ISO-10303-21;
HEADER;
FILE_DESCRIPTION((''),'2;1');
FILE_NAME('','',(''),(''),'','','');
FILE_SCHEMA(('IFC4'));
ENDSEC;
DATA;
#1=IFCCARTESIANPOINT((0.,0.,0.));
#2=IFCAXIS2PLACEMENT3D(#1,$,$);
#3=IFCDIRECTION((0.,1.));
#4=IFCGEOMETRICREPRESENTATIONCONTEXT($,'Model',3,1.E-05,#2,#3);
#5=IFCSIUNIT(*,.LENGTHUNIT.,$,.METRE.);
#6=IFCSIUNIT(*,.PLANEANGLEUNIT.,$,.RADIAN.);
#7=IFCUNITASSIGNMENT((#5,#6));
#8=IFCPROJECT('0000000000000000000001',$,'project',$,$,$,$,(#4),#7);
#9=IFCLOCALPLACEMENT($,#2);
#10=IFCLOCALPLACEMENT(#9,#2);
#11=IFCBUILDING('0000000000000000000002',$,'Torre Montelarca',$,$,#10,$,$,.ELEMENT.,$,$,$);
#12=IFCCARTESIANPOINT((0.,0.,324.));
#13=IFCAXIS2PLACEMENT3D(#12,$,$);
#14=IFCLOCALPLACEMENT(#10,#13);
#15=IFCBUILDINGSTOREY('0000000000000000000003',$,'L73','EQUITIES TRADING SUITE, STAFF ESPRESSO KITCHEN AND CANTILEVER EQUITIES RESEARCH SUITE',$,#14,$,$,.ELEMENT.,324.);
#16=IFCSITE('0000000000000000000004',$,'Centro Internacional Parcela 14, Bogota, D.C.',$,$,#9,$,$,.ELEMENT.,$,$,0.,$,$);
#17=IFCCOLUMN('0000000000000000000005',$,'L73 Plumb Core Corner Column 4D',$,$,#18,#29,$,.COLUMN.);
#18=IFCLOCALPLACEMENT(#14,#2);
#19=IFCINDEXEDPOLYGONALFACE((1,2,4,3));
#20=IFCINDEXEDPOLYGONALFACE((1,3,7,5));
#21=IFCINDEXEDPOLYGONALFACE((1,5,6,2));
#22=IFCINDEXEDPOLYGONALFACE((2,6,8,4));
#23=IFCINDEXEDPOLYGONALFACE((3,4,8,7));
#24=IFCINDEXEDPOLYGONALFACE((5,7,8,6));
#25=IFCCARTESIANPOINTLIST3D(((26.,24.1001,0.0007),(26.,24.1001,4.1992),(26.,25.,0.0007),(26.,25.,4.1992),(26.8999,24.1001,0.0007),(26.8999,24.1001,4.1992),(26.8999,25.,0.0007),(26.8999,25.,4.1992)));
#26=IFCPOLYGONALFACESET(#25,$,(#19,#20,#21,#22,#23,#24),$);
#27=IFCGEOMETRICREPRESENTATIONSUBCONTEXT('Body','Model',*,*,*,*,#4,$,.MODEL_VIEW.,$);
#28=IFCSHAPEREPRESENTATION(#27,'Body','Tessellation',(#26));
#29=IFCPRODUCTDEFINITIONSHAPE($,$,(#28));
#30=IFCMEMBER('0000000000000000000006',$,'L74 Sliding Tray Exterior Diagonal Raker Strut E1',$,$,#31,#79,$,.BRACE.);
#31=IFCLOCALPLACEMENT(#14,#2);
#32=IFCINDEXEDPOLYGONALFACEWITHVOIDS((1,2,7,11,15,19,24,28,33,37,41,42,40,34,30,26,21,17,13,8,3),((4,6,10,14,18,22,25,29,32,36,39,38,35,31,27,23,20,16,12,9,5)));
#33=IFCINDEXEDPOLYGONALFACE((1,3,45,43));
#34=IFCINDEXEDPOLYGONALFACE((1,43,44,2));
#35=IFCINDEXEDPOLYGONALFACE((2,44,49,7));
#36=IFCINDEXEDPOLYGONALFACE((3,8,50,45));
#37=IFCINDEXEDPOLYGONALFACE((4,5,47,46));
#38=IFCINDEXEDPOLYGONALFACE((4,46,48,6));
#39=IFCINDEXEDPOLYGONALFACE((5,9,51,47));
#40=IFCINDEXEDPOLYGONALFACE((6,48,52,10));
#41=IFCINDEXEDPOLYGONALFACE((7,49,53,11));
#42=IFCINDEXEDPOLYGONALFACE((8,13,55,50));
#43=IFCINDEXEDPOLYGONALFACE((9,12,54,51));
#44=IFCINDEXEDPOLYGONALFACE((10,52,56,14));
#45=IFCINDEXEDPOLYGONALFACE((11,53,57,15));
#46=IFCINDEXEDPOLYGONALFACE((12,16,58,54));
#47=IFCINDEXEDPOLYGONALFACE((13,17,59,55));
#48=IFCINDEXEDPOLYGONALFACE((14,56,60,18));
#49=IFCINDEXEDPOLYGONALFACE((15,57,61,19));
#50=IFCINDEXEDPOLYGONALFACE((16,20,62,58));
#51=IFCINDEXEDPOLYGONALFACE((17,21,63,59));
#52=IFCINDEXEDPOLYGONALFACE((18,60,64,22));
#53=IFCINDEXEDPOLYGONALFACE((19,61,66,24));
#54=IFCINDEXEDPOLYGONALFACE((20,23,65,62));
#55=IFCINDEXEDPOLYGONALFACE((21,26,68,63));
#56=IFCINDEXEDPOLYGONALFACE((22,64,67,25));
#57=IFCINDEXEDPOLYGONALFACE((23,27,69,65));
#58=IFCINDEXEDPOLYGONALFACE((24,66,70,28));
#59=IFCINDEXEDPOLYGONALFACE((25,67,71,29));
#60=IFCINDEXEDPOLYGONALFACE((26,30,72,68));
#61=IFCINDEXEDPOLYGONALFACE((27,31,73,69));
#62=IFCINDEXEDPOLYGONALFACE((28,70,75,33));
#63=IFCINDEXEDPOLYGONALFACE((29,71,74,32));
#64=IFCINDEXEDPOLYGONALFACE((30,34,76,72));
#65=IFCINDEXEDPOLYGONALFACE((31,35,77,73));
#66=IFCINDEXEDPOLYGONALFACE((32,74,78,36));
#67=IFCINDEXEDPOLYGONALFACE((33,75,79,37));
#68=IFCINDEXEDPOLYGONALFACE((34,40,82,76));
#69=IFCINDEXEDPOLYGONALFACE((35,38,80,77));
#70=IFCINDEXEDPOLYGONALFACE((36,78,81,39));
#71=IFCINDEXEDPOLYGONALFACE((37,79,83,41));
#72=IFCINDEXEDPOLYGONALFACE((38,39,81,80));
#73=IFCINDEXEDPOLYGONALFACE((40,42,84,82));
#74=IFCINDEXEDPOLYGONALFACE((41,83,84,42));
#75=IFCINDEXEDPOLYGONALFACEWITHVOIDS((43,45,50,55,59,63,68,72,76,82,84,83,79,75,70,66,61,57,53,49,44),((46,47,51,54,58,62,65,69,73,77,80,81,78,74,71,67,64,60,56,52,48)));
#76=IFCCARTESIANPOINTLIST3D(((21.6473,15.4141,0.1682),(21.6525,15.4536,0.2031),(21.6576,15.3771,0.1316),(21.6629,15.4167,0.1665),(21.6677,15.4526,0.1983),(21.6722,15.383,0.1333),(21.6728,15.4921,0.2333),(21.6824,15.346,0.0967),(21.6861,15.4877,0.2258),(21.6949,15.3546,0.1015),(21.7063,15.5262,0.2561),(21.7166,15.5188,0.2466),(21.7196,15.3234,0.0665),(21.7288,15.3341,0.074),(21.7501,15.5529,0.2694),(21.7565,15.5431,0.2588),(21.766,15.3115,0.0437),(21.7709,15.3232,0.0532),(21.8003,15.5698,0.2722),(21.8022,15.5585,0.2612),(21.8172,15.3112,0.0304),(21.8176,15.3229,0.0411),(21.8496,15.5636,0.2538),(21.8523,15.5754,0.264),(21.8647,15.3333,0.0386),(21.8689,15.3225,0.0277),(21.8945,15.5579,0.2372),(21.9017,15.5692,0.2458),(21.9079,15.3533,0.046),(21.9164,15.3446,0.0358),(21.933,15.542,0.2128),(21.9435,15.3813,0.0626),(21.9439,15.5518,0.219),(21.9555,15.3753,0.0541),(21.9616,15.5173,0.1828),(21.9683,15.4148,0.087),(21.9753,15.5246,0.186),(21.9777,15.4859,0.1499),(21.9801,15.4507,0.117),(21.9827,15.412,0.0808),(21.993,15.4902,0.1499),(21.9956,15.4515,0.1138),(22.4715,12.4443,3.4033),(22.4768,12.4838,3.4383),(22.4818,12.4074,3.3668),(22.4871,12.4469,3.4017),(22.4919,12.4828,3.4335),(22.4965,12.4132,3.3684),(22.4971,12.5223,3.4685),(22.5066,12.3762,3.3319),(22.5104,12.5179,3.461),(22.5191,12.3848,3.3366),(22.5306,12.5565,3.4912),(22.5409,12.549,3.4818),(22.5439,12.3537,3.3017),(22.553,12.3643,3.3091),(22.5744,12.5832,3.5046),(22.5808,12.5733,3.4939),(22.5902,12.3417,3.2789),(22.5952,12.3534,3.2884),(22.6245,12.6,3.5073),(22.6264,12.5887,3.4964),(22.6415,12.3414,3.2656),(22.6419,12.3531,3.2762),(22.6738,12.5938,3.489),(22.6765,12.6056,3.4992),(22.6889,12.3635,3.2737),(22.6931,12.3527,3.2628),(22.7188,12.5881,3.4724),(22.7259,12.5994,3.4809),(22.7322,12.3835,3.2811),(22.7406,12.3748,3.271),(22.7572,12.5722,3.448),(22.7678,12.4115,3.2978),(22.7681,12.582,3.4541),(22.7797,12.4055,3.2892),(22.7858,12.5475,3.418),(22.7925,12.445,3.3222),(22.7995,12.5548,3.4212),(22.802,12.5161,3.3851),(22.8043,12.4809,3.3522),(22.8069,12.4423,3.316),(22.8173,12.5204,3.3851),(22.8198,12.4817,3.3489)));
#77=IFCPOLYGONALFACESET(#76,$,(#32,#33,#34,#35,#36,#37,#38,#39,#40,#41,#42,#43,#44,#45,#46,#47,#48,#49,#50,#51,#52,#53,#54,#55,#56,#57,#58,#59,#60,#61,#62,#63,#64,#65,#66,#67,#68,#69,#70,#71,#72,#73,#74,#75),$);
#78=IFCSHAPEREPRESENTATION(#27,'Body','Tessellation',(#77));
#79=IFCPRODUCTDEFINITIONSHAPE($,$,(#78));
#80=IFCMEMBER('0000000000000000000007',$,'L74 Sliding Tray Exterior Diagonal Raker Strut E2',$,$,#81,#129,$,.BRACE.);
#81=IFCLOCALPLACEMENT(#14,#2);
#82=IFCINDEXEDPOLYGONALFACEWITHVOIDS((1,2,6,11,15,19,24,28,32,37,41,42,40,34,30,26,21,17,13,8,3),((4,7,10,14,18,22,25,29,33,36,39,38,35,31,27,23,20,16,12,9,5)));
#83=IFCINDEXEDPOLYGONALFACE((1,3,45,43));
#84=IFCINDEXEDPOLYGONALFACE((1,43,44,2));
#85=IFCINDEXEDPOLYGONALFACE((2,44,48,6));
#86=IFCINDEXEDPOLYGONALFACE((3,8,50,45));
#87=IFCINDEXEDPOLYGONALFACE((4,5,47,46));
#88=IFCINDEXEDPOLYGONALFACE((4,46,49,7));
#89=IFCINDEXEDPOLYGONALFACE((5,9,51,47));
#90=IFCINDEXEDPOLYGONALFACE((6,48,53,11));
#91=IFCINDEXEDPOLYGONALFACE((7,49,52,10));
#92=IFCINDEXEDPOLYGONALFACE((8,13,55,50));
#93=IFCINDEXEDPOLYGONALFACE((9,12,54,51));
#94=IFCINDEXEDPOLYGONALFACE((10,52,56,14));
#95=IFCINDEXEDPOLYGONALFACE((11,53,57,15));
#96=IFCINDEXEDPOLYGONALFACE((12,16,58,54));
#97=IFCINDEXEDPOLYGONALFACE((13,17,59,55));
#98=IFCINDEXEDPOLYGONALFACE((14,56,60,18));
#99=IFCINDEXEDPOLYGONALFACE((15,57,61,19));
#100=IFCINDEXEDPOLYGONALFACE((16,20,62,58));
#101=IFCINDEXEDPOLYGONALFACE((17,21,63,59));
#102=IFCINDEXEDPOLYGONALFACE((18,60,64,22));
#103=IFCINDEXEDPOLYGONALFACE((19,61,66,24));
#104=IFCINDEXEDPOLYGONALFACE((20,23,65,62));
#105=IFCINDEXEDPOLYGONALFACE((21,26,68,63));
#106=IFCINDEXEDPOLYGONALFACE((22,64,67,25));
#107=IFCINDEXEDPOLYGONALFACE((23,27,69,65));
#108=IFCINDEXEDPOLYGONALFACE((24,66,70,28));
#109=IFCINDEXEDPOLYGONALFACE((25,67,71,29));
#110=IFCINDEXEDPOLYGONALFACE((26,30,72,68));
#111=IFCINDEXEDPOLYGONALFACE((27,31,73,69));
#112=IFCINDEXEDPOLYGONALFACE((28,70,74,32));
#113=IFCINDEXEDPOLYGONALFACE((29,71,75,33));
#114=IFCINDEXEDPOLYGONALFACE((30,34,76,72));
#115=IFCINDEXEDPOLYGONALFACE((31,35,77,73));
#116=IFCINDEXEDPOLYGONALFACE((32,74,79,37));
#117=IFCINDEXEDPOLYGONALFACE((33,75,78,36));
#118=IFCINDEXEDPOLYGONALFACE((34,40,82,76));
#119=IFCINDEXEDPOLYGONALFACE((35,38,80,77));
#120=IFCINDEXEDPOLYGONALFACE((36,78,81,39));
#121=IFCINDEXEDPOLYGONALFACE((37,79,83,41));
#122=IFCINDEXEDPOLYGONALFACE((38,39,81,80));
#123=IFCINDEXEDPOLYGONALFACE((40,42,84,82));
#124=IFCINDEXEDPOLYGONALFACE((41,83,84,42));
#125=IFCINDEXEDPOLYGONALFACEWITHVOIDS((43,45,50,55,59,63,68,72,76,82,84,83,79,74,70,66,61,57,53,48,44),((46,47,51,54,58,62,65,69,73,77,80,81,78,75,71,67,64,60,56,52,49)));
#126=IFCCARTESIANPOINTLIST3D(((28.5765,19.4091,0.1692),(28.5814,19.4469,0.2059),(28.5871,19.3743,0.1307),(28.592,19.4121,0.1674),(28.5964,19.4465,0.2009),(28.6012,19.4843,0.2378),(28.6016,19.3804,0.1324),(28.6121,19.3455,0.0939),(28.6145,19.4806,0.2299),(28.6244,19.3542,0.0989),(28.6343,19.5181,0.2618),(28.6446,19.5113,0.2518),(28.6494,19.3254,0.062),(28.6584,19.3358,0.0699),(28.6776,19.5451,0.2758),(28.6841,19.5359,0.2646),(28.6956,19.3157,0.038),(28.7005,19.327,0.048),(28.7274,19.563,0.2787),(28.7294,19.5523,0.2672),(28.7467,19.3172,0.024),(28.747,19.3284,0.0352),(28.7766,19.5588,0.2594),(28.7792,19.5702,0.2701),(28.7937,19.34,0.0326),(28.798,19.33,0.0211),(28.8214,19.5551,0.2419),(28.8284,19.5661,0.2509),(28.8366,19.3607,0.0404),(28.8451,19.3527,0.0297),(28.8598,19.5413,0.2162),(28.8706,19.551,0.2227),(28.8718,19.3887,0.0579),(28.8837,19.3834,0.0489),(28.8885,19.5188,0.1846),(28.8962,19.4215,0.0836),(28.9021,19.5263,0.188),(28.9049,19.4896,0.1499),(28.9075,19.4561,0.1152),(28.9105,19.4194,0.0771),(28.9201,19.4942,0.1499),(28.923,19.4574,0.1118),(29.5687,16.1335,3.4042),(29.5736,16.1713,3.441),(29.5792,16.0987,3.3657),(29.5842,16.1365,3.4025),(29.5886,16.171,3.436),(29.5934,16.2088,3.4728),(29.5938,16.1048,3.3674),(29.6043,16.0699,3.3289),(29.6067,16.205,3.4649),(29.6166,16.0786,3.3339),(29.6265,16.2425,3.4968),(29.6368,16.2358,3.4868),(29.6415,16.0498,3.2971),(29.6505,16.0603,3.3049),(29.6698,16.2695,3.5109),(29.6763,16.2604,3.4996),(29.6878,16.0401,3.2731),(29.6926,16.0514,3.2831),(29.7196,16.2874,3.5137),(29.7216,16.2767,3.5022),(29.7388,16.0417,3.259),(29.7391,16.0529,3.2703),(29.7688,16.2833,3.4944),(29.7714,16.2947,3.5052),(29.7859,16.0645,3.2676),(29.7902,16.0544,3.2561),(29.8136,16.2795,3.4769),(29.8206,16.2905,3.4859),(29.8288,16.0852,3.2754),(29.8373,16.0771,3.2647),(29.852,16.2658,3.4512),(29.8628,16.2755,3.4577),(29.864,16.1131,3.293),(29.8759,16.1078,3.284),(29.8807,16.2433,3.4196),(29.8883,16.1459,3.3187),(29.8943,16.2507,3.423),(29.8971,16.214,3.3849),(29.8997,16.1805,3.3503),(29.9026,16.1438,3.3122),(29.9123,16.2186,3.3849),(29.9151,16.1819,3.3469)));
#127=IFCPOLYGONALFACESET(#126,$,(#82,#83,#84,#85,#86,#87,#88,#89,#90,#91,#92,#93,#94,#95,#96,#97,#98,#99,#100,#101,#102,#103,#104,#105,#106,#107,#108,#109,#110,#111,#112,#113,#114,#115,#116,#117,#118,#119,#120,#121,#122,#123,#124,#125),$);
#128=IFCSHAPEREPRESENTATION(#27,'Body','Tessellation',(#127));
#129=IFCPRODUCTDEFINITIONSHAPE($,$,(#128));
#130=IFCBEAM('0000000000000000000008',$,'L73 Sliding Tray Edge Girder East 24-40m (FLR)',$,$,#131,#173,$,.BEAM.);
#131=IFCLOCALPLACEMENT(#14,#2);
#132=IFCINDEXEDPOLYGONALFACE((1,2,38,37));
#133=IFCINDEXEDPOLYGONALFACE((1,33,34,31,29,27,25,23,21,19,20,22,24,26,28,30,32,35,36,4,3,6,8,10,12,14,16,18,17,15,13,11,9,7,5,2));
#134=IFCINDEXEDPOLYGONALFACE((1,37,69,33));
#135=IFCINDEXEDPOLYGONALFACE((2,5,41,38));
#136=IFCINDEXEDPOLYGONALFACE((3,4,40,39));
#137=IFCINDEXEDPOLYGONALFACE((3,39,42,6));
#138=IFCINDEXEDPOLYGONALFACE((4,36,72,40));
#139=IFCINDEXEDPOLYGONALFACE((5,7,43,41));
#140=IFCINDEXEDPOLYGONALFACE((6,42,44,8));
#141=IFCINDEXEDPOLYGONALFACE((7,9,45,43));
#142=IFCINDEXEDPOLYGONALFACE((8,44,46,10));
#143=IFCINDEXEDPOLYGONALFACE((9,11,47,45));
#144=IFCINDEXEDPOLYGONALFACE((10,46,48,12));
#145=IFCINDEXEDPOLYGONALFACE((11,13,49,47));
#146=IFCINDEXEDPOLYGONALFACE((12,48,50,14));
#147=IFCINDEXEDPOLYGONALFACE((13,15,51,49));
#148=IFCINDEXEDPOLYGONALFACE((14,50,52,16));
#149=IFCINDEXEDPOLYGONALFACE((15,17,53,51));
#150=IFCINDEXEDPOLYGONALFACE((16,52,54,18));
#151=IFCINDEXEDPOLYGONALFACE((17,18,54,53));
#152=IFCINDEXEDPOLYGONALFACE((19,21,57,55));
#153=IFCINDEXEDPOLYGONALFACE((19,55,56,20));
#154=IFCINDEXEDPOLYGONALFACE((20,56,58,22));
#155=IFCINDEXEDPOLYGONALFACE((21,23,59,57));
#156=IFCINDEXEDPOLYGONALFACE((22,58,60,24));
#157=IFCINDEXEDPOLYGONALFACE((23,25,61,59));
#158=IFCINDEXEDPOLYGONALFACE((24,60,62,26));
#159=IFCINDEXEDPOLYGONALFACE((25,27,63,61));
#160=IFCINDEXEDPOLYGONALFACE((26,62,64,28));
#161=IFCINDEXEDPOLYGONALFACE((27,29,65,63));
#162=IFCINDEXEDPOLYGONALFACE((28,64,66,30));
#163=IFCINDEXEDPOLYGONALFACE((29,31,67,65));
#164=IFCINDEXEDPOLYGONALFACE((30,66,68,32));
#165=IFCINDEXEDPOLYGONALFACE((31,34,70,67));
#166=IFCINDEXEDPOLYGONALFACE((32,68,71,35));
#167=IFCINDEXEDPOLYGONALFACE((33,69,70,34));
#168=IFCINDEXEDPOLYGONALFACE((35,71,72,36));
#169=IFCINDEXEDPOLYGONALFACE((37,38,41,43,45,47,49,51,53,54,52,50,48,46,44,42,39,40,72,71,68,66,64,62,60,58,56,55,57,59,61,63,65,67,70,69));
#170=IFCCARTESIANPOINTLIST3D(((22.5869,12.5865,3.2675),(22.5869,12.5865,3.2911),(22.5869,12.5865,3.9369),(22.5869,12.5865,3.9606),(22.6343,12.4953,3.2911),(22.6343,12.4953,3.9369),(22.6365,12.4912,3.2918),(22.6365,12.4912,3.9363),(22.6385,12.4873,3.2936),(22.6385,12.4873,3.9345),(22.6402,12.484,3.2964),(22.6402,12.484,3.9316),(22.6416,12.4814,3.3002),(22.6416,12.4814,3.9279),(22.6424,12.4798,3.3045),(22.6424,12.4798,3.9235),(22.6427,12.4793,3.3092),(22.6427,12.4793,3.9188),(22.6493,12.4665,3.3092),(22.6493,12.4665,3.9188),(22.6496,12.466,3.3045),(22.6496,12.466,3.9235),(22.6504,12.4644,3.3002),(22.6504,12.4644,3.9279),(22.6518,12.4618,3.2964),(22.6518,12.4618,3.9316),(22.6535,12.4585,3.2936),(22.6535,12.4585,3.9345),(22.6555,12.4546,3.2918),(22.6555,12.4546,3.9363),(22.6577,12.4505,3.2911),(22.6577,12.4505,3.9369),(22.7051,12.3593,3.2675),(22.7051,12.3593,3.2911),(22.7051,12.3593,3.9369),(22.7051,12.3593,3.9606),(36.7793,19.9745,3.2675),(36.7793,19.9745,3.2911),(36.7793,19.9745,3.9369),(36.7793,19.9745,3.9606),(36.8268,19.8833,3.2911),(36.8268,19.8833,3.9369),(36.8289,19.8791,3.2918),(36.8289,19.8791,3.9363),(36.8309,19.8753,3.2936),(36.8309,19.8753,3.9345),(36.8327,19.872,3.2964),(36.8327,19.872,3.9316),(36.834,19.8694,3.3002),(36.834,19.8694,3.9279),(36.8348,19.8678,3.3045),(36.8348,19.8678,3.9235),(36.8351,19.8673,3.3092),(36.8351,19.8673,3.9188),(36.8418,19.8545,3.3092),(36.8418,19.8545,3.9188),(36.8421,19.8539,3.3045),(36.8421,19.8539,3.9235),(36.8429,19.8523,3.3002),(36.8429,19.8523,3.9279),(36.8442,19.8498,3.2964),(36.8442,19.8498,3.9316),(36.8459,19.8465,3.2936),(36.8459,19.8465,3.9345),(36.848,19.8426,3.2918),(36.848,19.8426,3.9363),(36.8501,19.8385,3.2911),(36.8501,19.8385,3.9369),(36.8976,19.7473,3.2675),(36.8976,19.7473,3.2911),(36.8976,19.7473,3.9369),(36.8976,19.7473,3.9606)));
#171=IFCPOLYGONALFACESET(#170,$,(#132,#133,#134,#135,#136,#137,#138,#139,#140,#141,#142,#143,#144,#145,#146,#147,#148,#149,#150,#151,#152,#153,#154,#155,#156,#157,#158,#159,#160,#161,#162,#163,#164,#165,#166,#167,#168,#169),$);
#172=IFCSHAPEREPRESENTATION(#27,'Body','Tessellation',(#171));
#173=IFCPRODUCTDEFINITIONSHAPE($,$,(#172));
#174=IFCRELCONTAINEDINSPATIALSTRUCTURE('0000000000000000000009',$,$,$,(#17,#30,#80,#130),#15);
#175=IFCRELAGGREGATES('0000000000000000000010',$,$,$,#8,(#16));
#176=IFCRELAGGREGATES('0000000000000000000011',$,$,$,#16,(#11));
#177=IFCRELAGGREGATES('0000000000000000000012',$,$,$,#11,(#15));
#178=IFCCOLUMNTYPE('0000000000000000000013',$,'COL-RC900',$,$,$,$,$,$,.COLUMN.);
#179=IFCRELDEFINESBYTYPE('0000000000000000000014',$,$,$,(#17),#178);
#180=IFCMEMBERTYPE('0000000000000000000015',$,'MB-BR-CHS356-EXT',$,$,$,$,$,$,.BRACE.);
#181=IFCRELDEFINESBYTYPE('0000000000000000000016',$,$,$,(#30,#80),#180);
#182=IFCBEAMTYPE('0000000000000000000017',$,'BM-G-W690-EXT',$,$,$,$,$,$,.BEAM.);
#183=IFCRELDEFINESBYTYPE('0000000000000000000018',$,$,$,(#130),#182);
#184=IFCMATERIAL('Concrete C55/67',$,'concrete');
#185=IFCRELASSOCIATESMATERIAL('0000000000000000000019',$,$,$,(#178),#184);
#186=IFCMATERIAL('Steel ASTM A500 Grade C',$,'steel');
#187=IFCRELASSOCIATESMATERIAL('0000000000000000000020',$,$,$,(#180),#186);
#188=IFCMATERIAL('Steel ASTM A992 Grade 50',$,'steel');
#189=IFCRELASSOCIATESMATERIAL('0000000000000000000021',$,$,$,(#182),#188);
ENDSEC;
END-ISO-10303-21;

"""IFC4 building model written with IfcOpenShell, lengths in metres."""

from ifc_helpers import new_model, si_unit, direction, frame, origin, origin_2d, place, context, subcontext, project, spatial, rectangle, hollow_circle, i_section, extrude, source, transform, mapped, material, material_profile, profile_set, type_object, element, save


model = new_model("IFC4")

# Units and contexts
model_context = context("Model", 3, precision=1e-05, world=origin(), true_north=direction((0.0, 1.0)))
body_context = subcontext(model_context, "Body", "Model", "MODEL_VIEW")
ifc_project = project(units=[si_unit("LENGTHUNIT", "METRE"), si_unit("PLANEANGLEUNIT", "RADIAN")], contexts=[model_context])

# Site, building, storey
site_placement = place(None, origin())
site = spatial("IfcSite", under=ifc_project, at=site_placement, Name="Centro Internacional Parcela 14, Bogota, D.C.", CompositionType="ELEMENT", RefElevation=0.0)
building_placement = place(site_placement, origin())
building = spatial("IfcBuilding", under=site, at=building_placement, Name="Torre Montelarca", CompositionType="ELEMENT")
storey_placement = place(building_placement, frame((0.0, 0.0, 324.0)))
storey = spatial("IfcBuildingStorey", under=building, at=storey_placement, Name="L73", Description="EQUITIES TRADING SUITE, STAFF ESPRESSO KITCHEN AND CANTILEVER EQUITIES RESEARCH SUITE", CompositionType="ELEMENT", Elevation=324.0)

# Column
ifc_material_1 = material(Name="Concrete C55/67", Category="concrete")
ifc_material_profile_1 = material_profile(ifc_material_1, rectangle(XDim=0.8999, YDim=0.8999, at=origin_2d()), Name="RC900X900", Category="concrete")
ifc_profile_set_1 = profile_set([ifc_material_profile_1], Name="Concrete C55/67")
column_type = type_object("IfcColumnType", Name="COL-RC900", PredefinedType="COLUMN", material=ifc_profile_set_1)
shared_shape_1 = source(origin(), body_context, "Body", "SweptSolid", [
    extrude(rectangle(XDim=0.8999, YDim=0.8999, at=origin_2d()), origin(), (0.0, 0.0, 1.0), 4.1985),
])
column_placement = place(storey_placement, frame((26.45, 24.55, 0.0007), z_axis=(0.0, 0.0, 1.0), x_axis=(1.0, 0.0, 0.0)))
element("IfcColumn", 1, at=column_placement, inside=storey, type_object=column_type, Name="L73 Plumb Core Corner Column 4D", PredefinedType="COLUMN", context=body_context, shape_type="MappedRepresentation", body=[
    mapped(shared_shape_1, transform((0.0, 0.0, 0.0), scale=1.0)),
])

# Members
ifc_material_2 = material(Name="Steel ASTM A500 Grade C", Category="steel")
ifc_material_profile_2 = material_profile(ifc_material_2, hollow_circle(Radius=0.1777, WallThickness=0.0159, at=origin_2d()), Name="HSS355.6X15.9", Category="steel")
ifc_profile_set_2 = profile_set([ifc_material_profile_2], Name="Steel ASTM A500 Grade C")
member_type_1 = type_object("IfcMemberType", Name="MB-BR-CHS356-EXT", PredefinedType="BRACE", material=ifc_profile_set_2)
shared_shape_2 = source(origin(), body_context, "Body", "SweptSolid", [
    extrude(hollow_circle(Radius=0.1777, WallThickness=0.0159, at=origin_2d()), origin(), (0.0, 0.0, 1.0), 4.4683),
])
member_1_placement = place(storey_placement, frame((21.8218, 15.4426, 0.1499), z_axis=(0.184465, -0.664641, 0.724034), x_axis=(0.963577, 0.267431, 0.0)))
element("IfcMember", 2, at=member_1_placement, inside=storey, type_object=member_type_1, Name="L74 Sliding Tray Exterior Diagonal Raker Strut E1", PredefinedType="BRACE", context=body_context, shape_type="MappedRepresentation", body=[
    mapped(shared_shape_2, transform((0.0, 0.0, 0.0), scale=1.0)),
])
shared_shape_3 = source(origin(), body_context, "Body", "SweptSolid", [
    extrude(hollow_circle(Radius=0.1777, WallThickness=0.0159, at=origin_2d()), origin(), (0.0, 0.0, 1.0), 4.7095),
])
member_2_placement = place(storey_placement, frame((28.75, 19.4426, 0.1499), z_axis=(0.210674, -0.695526, 0.686921), x_axis=(0.957059, 0.289893, 0.0)))
element("IfcMember", 3, at=member_2_placement, inside=storey, type_object=member_type_1, Name="L74 Sliding Tray Exterior Diagonal Raker Strut E2", PredefinedType="BRACE", context=body_context, shape_type="MappedRepresentation", body=[
    mapped(shared_shape_3, transform((0.0, 0.0, 0.0), scale=1.0)),
])

# Beam
ifc_material_3 = material(Name="Steel ASTM A992 Grade 50", Category="steel")
ifc_material_profile_3 = material_profile(ifc_material_3, i_section(OverallWidth=0.2561, OverallDepth=0.6931, WebThickness=0.0144, FlangeThickness=0.0237, FilletRadius=0.0181, at=origin_2d()), Name="W690X170", Category="steel")
ifc_profile_set_3 = profile_set([ifc_material_profile_3], Name="Steel ASTM A992 Grade 50")
beam_type = type_object("IfcBeamType", Name="BM-G-W690-EXT", PredefinedType="BEAM", material=ifc_profile_set_3)
shared_shape_4 = source(origin(), body_context, "Body", "SweptSolid", [
    extrude(i_section(OverallWidth=0.2561, OverallDepth=0.6931, WebThickness=0.0144, FlangeThickness=0.0237, FilletRadius=0.0181, at=origin_2d()), origin(), (0.0, 0.0, 1.0), 16.0002),
])
beam_placement = place(storey_placement, frame((22.646, 12.4729, 3.614), z_axis=(0.887015, 0.461741, 0.0), x_axis=(-0.461741, 0.887015, 0.0)))
element("IfcBeam", 4, at=beam_placement, inside=storey, type_object=beam_type, Name="L73 Sliding Tray Edge Girder East 24-40m (FLR)", PredefinedType="BEAM", context=body_context, shape_type="MappedRepresentation", body=[
    mapped(shared_shape_4, transform((0.0, 0.0, 0.0), scale=1.0)),
])

save(model, "model.ifc")
